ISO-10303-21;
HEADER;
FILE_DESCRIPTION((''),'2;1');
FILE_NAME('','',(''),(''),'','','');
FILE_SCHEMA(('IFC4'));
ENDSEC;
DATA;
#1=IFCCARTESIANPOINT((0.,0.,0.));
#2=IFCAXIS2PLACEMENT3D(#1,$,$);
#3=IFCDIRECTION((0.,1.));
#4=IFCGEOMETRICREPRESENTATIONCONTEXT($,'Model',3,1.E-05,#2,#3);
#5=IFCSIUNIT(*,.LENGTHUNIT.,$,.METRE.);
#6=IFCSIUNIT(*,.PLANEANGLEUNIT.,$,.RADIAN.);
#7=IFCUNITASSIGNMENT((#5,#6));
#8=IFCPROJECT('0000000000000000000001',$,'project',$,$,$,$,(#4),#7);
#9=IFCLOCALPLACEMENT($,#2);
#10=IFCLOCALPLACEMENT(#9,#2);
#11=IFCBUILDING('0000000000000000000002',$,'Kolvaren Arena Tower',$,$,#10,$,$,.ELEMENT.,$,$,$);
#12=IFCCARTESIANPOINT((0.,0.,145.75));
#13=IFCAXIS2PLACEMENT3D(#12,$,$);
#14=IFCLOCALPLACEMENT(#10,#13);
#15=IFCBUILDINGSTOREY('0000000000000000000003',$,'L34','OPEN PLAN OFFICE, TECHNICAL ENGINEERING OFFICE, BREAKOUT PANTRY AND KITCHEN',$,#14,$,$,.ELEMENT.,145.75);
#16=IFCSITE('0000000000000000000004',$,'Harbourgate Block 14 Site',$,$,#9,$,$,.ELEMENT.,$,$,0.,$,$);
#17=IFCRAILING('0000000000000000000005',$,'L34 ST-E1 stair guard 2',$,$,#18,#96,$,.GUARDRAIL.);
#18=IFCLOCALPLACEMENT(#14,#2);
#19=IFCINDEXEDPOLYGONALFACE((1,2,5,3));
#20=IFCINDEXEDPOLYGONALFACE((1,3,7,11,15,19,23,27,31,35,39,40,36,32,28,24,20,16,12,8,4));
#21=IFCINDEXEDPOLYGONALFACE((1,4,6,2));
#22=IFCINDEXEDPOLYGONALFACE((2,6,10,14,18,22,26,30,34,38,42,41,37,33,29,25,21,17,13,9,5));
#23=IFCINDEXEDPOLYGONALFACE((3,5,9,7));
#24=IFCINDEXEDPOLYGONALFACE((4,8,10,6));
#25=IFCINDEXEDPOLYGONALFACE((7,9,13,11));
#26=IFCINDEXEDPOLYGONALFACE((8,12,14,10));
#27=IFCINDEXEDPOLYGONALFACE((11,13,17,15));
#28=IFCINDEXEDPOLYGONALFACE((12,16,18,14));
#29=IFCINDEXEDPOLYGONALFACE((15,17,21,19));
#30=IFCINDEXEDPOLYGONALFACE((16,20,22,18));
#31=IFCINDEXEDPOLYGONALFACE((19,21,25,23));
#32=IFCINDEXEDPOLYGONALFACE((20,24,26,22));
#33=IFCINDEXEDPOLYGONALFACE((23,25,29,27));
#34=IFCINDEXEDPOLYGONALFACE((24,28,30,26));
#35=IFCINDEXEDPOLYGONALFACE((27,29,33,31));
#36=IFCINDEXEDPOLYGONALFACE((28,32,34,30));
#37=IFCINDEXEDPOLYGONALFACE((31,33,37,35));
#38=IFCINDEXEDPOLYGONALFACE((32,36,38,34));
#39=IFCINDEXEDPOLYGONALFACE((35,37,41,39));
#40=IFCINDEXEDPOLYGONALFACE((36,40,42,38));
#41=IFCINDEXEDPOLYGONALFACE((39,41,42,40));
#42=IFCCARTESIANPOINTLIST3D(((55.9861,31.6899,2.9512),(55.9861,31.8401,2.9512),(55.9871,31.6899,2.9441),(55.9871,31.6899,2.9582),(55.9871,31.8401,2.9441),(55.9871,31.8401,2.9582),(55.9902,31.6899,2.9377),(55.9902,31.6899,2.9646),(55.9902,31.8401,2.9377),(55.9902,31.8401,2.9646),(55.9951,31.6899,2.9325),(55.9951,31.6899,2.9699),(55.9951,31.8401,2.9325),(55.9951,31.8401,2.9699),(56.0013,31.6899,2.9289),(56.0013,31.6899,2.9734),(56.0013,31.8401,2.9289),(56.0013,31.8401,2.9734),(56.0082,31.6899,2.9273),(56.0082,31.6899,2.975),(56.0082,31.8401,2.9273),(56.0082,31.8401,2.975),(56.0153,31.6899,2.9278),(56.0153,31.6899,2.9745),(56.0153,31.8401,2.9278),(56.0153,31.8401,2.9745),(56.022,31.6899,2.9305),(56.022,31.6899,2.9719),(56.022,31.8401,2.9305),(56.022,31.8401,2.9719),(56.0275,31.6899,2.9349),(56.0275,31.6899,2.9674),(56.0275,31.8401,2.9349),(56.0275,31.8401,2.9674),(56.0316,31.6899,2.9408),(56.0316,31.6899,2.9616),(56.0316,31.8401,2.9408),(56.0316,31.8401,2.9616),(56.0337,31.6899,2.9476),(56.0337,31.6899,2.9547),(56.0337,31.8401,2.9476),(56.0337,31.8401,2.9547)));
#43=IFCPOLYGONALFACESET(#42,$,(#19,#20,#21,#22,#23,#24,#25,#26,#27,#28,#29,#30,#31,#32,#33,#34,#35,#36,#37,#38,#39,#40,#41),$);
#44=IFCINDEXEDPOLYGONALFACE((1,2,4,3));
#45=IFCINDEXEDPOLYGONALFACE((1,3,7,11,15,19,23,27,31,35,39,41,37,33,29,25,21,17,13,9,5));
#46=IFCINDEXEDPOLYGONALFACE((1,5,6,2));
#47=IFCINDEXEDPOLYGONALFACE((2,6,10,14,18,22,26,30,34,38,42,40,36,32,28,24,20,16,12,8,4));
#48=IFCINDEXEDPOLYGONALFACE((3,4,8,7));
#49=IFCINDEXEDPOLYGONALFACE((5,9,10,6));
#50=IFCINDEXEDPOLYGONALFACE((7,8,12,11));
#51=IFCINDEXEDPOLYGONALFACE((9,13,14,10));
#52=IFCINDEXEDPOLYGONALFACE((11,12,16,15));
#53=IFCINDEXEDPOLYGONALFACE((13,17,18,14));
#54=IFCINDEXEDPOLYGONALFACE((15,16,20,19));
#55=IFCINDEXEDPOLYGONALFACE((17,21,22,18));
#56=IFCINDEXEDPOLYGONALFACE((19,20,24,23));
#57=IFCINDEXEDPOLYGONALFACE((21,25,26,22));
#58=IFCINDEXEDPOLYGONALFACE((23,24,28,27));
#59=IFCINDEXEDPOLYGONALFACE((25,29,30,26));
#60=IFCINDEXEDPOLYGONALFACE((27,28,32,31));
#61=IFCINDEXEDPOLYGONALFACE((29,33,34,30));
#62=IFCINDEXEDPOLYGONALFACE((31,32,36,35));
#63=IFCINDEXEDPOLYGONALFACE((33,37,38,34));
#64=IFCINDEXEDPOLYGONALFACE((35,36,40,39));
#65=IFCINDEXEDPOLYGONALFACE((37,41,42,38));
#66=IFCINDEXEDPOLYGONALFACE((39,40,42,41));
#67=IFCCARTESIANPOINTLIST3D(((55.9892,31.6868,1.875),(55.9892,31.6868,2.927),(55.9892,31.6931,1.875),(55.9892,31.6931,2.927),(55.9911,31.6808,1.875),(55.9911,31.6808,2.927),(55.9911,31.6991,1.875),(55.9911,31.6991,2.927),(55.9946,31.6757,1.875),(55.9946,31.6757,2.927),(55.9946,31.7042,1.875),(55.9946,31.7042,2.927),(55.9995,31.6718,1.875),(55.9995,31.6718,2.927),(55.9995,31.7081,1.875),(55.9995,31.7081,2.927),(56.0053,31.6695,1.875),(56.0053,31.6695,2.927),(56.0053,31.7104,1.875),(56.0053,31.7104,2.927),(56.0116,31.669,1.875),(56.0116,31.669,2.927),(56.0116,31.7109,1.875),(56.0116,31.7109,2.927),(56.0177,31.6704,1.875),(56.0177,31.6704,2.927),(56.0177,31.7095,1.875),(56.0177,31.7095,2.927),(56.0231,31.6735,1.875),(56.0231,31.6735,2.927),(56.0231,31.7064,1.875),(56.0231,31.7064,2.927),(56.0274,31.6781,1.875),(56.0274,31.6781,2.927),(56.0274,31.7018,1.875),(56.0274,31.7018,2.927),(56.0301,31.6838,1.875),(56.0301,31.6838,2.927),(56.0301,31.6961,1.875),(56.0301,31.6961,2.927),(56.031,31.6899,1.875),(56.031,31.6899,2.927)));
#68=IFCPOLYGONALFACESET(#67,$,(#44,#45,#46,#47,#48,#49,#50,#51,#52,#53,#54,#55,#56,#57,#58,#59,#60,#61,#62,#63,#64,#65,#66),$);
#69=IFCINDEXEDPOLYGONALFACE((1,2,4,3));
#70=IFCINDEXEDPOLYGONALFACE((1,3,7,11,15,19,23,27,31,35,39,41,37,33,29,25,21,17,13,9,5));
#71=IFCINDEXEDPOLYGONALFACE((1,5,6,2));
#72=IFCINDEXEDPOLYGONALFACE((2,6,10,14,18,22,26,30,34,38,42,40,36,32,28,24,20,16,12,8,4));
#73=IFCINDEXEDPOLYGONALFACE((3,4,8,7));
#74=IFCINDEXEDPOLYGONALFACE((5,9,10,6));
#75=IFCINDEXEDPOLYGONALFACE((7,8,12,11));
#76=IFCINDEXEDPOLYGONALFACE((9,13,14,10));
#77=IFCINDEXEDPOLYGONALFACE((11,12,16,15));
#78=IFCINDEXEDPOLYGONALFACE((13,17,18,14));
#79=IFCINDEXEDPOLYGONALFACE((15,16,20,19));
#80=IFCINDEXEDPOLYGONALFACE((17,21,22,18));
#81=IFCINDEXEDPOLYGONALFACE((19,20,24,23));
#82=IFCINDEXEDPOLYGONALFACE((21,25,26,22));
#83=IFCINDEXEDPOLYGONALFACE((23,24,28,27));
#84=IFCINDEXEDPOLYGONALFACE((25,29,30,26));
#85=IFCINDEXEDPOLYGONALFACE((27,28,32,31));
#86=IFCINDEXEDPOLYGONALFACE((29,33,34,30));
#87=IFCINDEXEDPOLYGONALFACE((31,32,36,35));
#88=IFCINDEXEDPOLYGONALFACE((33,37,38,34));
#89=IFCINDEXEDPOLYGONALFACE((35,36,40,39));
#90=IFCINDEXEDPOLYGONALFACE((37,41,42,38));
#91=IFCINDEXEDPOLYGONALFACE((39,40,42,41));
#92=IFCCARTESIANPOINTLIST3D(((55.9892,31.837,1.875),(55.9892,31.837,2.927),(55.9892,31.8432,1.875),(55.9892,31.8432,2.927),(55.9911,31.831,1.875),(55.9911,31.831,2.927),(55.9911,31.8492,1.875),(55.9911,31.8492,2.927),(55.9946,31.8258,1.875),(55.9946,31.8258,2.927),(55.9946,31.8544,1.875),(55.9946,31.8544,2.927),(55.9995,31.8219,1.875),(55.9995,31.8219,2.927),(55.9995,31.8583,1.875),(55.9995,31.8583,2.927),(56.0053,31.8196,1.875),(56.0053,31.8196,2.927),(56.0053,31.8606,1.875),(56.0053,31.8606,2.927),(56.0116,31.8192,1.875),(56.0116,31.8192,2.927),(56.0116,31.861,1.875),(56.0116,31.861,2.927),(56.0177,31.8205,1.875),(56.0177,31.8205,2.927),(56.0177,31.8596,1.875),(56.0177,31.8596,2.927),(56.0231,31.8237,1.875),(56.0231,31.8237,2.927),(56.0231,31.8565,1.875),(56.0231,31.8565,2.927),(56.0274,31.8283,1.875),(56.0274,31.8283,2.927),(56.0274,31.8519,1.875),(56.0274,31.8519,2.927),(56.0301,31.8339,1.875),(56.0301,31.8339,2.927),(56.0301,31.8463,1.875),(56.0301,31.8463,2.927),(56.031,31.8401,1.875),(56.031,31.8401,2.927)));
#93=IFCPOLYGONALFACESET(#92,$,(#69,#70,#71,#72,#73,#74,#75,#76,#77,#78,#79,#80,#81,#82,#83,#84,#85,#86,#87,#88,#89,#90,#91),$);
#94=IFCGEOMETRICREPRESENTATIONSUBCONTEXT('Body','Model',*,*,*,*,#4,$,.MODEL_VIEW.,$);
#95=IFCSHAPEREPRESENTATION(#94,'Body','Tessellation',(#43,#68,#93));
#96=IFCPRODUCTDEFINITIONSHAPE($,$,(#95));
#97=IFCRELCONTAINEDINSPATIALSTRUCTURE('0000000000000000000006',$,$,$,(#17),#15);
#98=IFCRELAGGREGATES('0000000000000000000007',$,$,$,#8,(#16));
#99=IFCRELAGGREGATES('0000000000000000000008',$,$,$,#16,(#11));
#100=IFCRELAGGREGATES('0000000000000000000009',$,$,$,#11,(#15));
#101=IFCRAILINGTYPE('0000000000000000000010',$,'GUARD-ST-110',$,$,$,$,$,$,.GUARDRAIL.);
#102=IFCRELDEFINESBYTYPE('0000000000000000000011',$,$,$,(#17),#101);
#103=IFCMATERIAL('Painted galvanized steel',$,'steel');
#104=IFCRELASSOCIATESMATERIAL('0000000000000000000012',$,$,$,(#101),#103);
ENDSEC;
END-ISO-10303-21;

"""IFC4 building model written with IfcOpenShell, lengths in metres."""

from ifc_helpers import new_model, si_unit, direction, frame, origin, origin_2d, place, context, subcontext, project, spatial, circle, extrude, material, type_object, element, save


model = new_model("IFC4")

# Units and contexts
model_context = context("Model", 3, precision=1e-05, world=origin(), true_north=direction((0.0, 1.0)))
body_context = subcontext(model_context, "Body", "Model", "MODEL_VIEW")
ifc_project = project(units=[si_unit("LENGTHUNIT", "METRE"), si_unit("PLANEANGLEUNIT", "RADIAN")], contexts=[model_context])

# Site, building, storey
site_placement = place(None, origin())
site = spatial("IfcSite", under=ifc_project, at=site_placement, Name="Harbourgate Block 14 Site", CompositionType="ELEMENT", RefElevation=0.0)
building_placement = place(site_placement, origin())
building = spatial("IfcBuilding", under=site, at=building_placement, Name="Kolvaren Arena Tower", CompositionType="ELEMENT")
storey_placement = place(building_placement, frame((0.0, 0.0, 145.75)))
storey = spatial("IfcBuildingStorey", under=building, at=storey_placement, Name="L34", Description="OPEN PLAN OFFICE, TECHNICAL ENGINEERING OFFICE, BREAKOUT PANTRY AND KITCHEN", CompositionType="ELEMENT", Elevation=145.75)

# Railing
ifc_material_1 = material(Name="Painted galvanized steel", Category="steel")
railing_type_1 = type_object("IfcRailingType", Name="GUARD-ST-110", PredefinedType="GUARDRAIL", material=ifc_material_1)
railing_1_placement = place(storey_placement, frame((56.01, 31.6899, 1.875)))
element("IfcRailing", 1, at=railing_1_placement, inside=storey, type_object=railing_type_1, Name="L34 ST-E1 stair guard 2", PredefinedType="GUARDRAIL", context=body_context, shape_type="SweptSolid", body=[
    extrude(circle(Radius=0.0239, at=origin_2d()), frame((0.0, 0.0, 1.0762), z_axis=(0.0, 1.0, 0.0), x_axis=(-1.0, 0.0, 0.0)), (0.0, 0.0, 1.0), 0.1501),
    extrude(circle(Radius=0.021, at=origin_2d()), origin(), (0.0, 0.0, 1.0), 1.052),
    extrude(circle(Radius=0.021, at=origin_2d()), frame((0.0, 0.1501, 0.0)), (0.0, 0.0, 1.0), 1.052),
])

save(model, "model.ifc")
